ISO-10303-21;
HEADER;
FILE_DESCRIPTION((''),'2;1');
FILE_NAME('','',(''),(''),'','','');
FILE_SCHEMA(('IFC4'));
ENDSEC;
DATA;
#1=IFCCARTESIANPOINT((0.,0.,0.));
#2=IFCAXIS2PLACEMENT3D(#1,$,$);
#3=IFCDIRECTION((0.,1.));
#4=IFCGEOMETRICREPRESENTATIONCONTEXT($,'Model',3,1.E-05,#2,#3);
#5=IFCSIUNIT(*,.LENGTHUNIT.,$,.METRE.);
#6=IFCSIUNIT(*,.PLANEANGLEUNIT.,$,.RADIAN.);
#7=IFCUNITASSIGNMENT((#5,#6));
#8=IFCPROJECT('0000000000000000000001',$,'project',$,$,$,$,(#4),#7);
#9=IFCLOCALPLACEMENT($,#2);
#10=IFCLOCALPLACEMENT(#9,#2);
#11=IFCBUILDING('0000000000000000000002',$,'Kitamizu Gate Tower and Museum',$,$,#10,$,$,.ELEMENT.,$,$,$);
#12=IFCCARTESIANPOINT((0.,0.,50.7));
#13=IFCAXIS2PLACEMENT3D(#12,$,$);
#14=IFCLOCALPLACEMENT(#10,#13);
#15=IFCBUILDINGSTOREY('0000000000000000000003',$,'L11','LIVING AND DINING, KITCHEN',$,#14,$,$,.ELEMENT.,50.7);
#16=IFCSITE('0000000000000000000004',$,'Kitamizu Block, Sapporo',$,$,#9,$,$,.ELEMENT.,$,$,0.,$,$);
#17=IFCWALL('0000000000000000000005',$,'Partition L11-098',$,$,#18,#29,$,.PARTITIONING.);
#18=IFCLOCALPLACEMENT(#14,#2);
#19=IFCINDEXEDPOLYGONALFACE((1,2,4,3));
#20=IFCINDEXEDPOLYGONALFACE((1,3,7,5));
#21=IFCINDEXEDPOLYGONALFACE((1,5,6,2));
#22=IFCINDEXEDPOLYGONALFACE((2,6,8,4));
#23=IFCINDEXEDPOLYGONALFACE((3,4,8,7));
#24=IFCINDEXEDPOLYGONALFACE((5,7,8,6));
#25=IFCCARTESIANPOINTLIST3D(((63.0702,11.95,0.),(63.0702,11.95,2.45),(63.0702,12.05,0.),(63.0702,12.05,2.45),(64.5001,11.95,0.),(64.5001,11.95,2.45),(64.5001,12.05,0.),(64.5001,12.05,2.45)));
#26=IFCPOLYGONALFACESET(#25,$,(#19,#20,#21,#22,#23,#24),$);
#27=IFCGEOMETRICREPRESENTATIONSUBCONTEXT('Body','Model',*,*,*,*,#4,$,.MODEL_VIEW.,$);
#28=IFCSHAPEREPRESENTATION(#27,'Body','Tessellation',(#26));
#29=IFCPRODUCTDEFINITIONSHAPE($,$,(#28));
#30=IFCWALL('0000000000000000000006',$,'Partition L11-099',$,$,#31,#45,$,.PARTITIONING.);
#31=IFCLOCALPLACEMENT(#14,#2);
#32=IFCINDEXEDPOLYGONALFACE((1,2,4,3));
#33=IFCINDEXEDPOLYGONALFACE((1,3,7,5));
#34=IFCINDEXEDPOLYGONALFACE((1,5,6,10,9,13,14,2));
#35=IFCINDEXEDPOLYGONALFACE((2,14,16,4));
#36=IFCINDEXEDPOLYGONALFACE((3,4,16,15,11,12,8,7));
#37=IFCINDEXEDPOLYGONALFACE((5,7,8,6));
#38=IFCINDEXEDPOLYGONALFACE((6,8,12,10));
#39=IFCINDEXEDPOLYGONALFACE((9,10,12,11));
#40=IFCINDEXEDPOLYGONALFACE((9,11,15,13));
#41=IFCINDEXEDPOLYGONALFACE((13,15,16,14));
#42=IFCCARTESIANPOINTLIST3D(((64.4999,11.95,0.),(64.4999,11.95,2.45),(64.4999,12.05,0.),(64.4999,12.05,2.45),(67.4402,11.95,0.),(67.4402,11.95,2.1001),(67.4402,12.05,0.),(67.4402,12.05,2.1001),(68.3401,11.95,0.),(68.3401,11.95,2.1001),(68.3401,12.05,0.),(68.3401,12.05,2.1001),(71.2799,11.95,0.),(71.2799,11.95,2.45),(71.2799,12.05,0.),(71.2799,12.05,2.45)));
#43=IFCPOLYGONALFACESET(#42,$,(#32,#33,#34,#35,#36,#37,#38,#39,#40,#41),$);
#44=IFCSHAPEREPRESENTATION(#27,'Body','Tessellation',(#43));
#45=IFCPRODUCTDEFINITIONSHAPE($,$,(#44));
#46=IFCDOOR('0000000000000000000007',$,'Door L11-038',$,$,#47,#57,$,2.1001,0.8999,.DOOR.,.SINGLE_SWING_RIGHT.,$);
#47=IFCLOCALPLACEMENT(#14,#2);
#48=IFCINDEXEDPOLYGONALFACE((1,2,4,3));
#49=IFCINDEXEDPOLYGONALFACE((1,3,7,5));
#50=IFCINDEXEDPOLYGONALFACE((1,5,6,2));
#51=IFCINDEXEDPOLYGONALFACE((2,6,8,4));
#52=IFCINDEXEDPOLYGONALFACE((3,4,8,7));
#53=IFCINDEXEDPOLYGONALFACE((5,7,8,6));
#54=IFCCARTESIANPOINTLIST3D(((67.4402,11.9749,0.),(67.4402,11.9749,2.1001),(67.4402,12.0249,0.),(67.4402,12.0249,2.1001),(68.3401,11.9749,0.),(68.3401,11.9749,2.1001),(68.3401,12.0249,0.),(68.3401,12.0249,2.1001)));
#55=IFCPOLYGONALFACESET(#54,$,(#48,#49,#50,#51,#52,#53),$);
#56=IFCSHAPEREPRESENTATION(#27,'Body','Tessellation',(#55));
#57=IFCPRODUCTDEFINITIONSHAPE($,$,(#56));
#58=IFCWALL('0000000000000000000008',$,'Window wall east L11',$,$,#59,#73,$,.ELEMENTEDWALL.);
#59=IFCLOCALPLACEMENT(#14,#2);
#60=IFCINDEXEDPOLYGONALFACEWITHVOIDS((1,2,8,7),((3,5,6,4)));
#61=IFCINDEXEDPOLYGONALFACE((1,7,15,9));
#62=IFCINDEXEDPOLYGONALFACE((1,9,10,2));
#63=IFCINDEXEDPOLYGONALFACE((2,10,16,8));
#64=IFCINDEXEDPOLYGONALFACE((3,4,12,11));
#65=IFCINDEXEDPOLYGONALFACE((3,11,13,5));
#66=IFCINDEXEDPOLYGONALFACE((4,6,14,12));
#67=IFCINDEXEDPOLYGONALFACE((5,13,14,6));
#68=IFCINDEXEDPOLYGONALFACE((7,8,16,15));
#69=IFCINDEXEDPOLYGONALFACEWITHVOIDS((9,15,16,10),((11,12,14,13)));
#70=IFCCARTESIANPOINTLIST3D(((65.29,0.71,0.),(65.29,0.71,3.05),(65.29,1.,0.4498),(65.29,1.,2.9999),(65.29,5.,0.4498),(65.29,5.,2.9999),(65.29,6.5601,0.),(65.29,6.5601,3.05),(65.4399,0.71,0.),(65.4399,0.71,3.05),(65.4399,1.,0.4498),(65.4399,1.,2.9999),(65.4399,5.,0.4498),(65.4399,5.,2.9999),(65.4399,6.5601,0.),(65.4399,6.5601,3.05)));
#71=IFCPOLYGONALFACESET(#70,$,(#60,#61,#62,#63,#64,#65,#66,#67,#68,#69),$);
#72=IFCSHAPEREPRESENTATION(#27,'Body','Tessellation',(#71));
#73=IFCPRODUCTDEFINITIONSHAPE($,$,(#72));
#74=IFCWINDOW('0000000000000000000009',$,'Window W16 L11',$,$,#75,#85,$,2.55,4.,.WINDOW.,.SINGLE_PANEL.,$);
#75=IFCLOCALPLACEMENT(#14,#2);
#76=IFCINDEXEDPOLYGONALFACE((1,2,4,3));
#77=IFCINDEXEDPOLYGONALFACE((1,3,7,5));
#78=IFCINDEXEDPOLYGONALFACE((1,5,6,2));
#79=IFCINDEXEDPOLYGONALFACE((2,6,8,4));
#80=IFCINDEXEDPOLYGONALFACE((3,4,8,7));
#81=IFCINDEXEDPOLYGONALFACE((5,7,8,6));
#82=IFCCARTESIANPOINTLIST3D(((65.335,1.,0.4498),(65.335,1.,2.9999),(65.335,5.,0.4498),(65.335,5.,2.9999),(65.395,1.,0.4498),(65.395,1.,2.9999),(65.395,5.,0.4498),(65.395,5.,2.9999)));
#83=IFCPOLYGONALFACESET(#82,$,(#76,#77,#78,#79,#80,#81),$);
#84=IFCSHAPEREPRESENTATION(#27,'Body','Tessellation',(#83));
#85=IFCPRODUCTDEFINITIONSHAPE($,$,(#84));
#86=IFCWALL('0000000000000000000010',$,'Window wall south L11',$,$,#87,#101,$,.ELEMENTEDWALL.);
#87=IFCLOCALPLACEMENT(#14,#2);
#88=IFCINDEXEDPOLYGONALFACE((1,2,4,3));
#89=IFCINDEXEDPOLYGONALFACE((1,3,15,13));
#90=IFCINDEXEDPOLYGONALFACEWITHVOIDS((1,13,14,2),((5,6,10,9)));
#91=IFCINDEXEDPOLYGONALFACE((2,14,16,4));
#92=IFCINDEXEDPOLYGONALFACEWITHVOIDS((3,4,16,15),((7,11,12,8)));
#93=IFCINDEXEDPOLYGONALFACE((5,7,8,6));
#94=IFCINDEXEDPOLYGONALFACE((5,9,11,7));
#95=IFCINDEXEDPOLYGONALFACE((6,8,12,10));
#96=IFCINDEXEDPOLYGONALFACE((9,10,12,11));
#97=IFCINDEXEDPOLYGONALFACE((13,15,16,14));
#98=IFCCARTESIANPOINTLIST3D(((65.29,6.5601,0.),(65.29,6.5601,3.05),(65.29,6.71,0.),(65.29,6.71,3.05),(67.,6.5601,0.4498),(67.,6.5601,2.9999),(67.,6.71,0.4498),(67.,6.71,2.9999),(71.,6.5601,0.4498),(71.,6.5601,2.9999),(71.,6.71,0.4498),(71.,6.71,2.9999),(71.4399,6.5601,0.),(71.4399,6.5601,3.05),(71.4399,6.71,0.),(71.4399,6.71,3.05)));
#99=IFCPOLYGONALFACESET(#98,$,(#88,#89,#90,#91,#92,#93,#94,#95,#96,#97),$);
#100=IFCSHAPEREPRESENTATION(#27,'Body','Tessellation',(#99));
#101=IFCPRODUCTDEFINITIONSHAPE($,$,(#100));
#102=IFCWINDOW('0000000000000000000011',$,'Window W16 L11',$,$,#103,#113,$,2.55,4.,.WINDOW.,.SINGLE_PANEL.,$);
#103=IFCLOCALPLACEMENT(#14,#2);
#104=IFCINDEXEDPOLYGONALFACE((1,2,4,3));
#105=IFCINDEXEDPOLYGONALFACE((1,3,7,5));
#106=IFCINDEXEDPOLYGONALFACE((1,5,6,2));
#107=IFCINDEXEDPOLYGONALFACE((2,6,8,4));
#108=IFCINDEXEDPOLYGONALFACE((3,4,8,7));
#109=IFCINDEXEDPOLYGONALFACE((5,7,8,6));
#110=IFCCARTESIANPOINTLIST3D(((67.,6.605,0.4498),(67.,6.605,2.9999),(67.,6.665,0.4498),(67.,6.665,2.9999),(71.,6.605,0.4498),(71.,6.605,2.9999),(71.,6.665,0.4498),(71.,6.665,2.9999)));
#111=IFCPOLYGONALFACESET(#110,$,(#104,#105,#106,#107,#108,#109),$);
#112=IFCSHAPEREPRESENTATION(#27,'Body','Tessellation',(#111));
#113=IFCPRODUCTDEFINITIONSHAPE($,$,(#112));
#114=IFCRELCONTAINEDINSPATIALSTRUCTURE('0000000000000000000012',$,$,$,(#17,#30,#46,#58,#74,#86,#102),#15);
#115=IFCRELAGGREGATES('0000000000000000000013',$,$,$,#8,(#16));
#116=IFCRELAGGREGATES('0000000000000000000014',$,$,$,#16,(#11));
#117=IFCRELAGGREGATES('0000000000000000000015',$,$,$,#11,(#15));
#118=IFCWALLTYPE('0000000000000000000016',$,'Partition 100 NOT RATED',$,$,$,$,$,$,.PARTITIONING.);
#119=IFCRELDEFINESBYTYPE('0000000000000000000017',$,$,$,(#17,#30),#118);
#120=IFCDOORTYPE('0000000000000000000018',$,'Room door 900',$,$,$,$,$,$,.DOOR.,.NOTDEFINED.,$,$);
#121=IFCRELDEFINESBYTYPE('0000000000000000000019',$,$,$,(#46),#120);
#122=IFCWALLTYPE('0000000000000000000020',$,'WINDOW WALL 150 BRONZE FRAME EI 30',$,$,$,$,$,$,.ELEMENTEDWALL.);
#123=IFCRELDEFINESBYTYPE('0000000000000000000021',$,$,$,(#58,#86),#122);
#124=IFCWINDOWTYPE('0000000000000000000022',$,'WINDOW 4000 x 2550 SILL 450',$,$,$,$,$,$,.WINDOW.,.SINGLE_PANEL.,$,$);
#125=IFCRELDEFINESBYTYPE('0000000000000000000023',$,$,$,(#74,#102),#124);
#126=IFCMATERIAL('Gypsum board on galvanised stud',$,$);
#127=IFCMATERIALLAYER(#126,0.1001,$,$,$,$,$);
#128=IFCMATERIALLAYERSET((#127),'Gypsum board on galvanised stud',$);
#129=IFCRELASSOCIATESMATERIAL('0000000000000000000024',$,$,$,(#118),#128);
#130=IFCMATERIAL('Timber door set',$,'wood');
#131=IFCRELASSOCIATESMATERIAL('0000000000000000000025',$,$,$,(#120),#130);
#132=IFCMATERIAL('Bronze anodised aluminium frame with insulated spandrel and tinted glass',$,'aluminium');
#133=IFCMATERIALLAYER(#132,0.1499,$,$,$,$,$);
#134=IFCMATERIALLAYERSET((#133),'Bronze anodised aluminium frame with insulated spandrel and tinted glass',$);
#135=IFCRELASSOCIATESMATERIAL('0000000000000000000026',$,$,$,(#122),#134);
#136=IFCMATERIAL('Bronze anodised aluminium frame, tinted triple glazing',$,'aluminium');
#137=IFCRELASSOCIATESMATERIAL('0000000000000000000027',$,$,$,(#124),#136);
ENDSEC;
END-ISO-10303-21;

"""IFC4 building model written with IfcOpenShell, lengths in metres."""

from ifc_helpers import new_model, si_unit, direction, frame, frame_2d, origin, place, context, subcontext, project, spatial, rectangle, extrude, material, layer, layer_set, type_object, element, fill, save


model = new_model("IFC4")

# Units and contexts
model_context = context("Model", 3, precision=1e-05, world=origin(), true_north=direction((0.0, 1.0)))
body_context = subcontext(model_context, "Body", "Model", "MODEL_VIEW")
ifc_project = project(units=[si_unit("LENGTHUNIT", "METRE"), si_unit("PLANEANGLEUNIT", "RADIAN")], contexts=[model_context])

# Site, building, storey
site_placement = place(None, origin())
site = spatial("IfcSite", under=ifc_project, at=site_placement, Name="Kitamizu Block, Sapporo", CompositionType="ELEMENT", RefElevation=0.0)
building_placement = place(site_placement, origin())
building = spatial("IfcBuilding", under=site, at=building_placement, Name="Kitamizu Gate Tower and Museum", CompositionType="ELEMENT")
storey_placement = place(building_placement, frame((0.0, 0.0, 50.7)))
storey = spatial("IfcBuildingStorey", under=building, at=storey_placement, Name="L11", Description="LIVING AND DINING, KITCHEN", CompositionType="ELEMENT", Elevation=50.7)

# Shared definitions
ifc_material_1 = material(Name="Gypsum board on galvanised stud")
ifc_layer_1 = layer(ifc_material_1, 0.1001)
ifc_layer_set_1 = layer_set([ifc_layer_1], Name="Gypsum board on galvanised stud")
wall_type_1 = type_object("IfcWallType", Name="Partition 100 NOT RATED", PredefinedType="PARTITIONING", material=ifc_layer_set_1)
ifc_material_2 = material(Name="Timber door set", Category="wood")
door_type = type_object("IfcDoorType", Name="Room door 900", OperationType="NOTDEFINED", PredefinedType="DOOR", material=ifc_material_2)

# Wall
wall_1_placement = place(storey_placement, frame((64.5, 12.0, 0.0), z_axis=(0.0, 0.0, 1.0), x_axis=(-1.0, 0.0, 0.0)))
element("IfcWall", 1, at=wall_1_placement, inside=storey, type_object=wall_type_1, Name="Partition L11-098", PredefinedType="PARTITIONING", context=body_context, shape_type="SweptSolid", body=[
    extrude(rectangle(XDim=1.4299, YDim=0.1001, at=frame_2d((0.7148, 0.0))), origin(), (0.0, 0.0, 1.0), 2.45),
])

# Wall, opening, door
wall_2_placement = place(storey_placement, frame((71.28, 12.0, 0.0), z_axis=(0.0, 0.0, 1.0), x_axis=(-1.0, 0.0, 0.0)))
wall_2 = element("IfcWall", 2, at=wall_2_placement, inside=storey, type_object=wall_type_1, Name="Partition L11-099", PredefinedType="PARTITIONING", context=body_context, shape_type="SweptSolid", body=[
    extrude(rectangle(XDim=6.78, YDim=0.1001, at=frame_2d((3.3901, 0.0))), origin(), (0.0, 0.0, 1.0), 2.45),
])
opening_1_placement = place(wall_2_placement, frame((2.9399, 0.0, 0.0)))
opening_1 = element("IfcOpeningElement", 3, at=opening_1_placement, cuts=wall_2, PredefinedType="OPENING", context=body_context, shape_type="SweptSolid", body=[
    extrude(rectangle(XDim=0.8999, YDim=2.1001, at=frame_2d((0.45, 1.05))), frame((0.0, 0.0601, 0.0), z_axis=(0.0, -1.0, 0.0), x_axis=(1.0, 0.0, 0.0)), (0.0, 0.0, 1.0), 0.1201),
])
door_1_placement = place(opening_1_placement, frame((0.8999, 0.0, 0.0), x_axis=(-1.0, 0.0, 0.0)))
door_1 = element("IfcDoor", 4, at=door_1_placement, inside=storey, type_object=door_type, Name="Door L11-038", OperationType="SINGLE_SWING_RIGHT", OverallHeight=2.1001, OverallWidth=0.8999, PredefinedType="DOOR", context=body_context, shape_type="SweptSolid", body=[
    extrude(rectangle(XDim=0.8999, YDim=2.1001, at=frame_2d((0.45, 1.05))), frame((0.0, 0.0249, 0.0), z_axis=(0.0, -1.0, 0.0), x_axis=(1.0, 0.0, 0.0)), (0.0, 0.0, 1.0), 0.05),
])
fill(opening_1, door_1)

# Walls, openings, windows
ifc_material_3 = material(Name="Bronze anodised aluminium frame with insulated spandrel and tinted glass", Category="aluminium")
ifc_layer_2 = layer(ifc_material_3, 0.1499)
ifc_layer_set_2 = layer_set([ifc_layer_2], Name="Bronze anodised aluminium frame with insulated spandrel and tinted glass")
wall_type_2 = type_object("IfcWallType", Name="WINDOW WALL 150 BRONZE FRAME EI 30", PredefinedType="ELEMENTEDWALL", material=ifc_layer_set_2)
wall_3_placement = place(storey_placement, frame((65.365, 0.71, 0.0), z_axis=(0.0, 0.0, 1.0), x_axis=(0.0, 1.0, 0.0)))
wall_3 = element("IfcWall", 5, at=wall_3_placement, inside=storey, type_object=wall_type_2, Name="Window wall east L11", PredefinedType="ELEMENTEDWALL", context=body_context, shape_type="SweptSolid", body=[
    extrude(rectangle(XDim=5.8501, YDim=0.1499, at=frame_2d((2.925, 0.0))), origin(), (0.0, 0.0, 1.0), 3.05),
])
opening_2_placement = place(wall_3_placement, frame((0.29, 0.0, 0.45)))
opening_2 = element("IfcOpeningElement", 6, at=opening_2_placement, cuts=wall_3, PredefinedType="OPENING", context=body_context, shape_type="SweptSolid", body=[
    extrude(rectangle(XDim=4.0, YDim=2.55, at=frame_2d((2.0, 1.2749))), frame((0.0, 0.085, 0.0), z_axis=(0.0, -1.0, 0.0), x_axis=(1.0, 0.0, 0.0)), (0.0, 0.0, 1.0), 0.1699),
])
ifc_material_4 = material(Name="Bronze anodised aluminium frame, tinted triple glazing", Category="aluminium")
window_type_1 = type_object("IfcWindowType", Name="WINDOW 4000 x 2550 SILL 450", PartitioningType="SINGLE_PANEL", PredefinedType="WINDOW", material=ifc_material_4)
window_1_placement = place(opening_2_placement, origin())
window_1 = element("IfcWindow", 7, at=window_1_placement, inside=storey, type_object=window_type_1, Name="Window W16 L11", OverallHeight=2.55, OverallWidth=4.0, PartitioningType="SINGLE_PANEL", PredefinedType="WINDOW", context=body_context, shape_type="SweptSolid", body=[
    extrude(rectangle(XDim=4.0, YDim=2.55, at=frame_2d((2.0, 1.2749))), frame((0.0, 0.03, 0.0), z_axis=(0.0, -1.0, 0.0), x_axis=(1.0, 0.0, 0.0)), (0.0, 0.0, 1.0), 0.0601),
])
fill(opening_2, window_1)
wall_4_placement = place(storey_placement, frame((65.29, 6.635, 0.0), z_axis=(0.0, 0.0, 1.0), x_axis=(1.0, 0.0, 0.0)))
wall_4 = element("IfcWall", 8, at=wall_4_placement, inside=storey, type_object=wall_type_2, Name="Window wall south L11", PredefinedType="ELEMENTEDWALL", context=body_context, shape_type="SweptSolid", body=[
    extrude(rectangle(XDim=6.1499, YDim=0.1499, at=frame_2d((3.075, 0.0))), origin(), (0.0, 0.0, 1.0), 3.05),
])
opening_3_placement = place(wall_4_placement, frame((1.71, 0.0, 0.45)))
opening_3 = element("IfcOpeningElement", 9, at=opening_3_placement, cuts=wall_4, PredefinedType="OPENING", context=body_context, shape_type="SweptSolid", body=[
    extrude(rectangle(XDim=4.0, YDim=2.55, at=frame_2d((2.0, 1.2749))), frame((0.0, 0.085, 0.0), z_axis=(0.0, -1.0, 0.0), x_axis=(1.0, 0.0, 0.0)), (0.0, 0.0, 1.0), 0.1699),
])
window_2_placement = place(opening_3_placement, origin())
window_2 = element("IfcWindow", 10, at=window_2_placement, inside=storey, type_object=window_type_1, Name="Window W16 L11", OverallHeight=2.55, OverallWidth=4.0, PartitioningType="SINGLE_PANEL", PredefinedType="WINDOW", context=body_context, shape_type="SweptSolid", body=[
    extrude(rectangle(XDim=4.0, YDim=2.55, at=frame_2d((2.0, 1.2749))), frame((0.0, 0.03, 0.0), z_axis=(0.0, -1.0, 0.0), x_axis=(1.0, 0.0, 0.0)), (0.0, 0.0, 1.0), 0.0601),
])
fill(opening_3, window_2)

save(model, "model.ifc")
